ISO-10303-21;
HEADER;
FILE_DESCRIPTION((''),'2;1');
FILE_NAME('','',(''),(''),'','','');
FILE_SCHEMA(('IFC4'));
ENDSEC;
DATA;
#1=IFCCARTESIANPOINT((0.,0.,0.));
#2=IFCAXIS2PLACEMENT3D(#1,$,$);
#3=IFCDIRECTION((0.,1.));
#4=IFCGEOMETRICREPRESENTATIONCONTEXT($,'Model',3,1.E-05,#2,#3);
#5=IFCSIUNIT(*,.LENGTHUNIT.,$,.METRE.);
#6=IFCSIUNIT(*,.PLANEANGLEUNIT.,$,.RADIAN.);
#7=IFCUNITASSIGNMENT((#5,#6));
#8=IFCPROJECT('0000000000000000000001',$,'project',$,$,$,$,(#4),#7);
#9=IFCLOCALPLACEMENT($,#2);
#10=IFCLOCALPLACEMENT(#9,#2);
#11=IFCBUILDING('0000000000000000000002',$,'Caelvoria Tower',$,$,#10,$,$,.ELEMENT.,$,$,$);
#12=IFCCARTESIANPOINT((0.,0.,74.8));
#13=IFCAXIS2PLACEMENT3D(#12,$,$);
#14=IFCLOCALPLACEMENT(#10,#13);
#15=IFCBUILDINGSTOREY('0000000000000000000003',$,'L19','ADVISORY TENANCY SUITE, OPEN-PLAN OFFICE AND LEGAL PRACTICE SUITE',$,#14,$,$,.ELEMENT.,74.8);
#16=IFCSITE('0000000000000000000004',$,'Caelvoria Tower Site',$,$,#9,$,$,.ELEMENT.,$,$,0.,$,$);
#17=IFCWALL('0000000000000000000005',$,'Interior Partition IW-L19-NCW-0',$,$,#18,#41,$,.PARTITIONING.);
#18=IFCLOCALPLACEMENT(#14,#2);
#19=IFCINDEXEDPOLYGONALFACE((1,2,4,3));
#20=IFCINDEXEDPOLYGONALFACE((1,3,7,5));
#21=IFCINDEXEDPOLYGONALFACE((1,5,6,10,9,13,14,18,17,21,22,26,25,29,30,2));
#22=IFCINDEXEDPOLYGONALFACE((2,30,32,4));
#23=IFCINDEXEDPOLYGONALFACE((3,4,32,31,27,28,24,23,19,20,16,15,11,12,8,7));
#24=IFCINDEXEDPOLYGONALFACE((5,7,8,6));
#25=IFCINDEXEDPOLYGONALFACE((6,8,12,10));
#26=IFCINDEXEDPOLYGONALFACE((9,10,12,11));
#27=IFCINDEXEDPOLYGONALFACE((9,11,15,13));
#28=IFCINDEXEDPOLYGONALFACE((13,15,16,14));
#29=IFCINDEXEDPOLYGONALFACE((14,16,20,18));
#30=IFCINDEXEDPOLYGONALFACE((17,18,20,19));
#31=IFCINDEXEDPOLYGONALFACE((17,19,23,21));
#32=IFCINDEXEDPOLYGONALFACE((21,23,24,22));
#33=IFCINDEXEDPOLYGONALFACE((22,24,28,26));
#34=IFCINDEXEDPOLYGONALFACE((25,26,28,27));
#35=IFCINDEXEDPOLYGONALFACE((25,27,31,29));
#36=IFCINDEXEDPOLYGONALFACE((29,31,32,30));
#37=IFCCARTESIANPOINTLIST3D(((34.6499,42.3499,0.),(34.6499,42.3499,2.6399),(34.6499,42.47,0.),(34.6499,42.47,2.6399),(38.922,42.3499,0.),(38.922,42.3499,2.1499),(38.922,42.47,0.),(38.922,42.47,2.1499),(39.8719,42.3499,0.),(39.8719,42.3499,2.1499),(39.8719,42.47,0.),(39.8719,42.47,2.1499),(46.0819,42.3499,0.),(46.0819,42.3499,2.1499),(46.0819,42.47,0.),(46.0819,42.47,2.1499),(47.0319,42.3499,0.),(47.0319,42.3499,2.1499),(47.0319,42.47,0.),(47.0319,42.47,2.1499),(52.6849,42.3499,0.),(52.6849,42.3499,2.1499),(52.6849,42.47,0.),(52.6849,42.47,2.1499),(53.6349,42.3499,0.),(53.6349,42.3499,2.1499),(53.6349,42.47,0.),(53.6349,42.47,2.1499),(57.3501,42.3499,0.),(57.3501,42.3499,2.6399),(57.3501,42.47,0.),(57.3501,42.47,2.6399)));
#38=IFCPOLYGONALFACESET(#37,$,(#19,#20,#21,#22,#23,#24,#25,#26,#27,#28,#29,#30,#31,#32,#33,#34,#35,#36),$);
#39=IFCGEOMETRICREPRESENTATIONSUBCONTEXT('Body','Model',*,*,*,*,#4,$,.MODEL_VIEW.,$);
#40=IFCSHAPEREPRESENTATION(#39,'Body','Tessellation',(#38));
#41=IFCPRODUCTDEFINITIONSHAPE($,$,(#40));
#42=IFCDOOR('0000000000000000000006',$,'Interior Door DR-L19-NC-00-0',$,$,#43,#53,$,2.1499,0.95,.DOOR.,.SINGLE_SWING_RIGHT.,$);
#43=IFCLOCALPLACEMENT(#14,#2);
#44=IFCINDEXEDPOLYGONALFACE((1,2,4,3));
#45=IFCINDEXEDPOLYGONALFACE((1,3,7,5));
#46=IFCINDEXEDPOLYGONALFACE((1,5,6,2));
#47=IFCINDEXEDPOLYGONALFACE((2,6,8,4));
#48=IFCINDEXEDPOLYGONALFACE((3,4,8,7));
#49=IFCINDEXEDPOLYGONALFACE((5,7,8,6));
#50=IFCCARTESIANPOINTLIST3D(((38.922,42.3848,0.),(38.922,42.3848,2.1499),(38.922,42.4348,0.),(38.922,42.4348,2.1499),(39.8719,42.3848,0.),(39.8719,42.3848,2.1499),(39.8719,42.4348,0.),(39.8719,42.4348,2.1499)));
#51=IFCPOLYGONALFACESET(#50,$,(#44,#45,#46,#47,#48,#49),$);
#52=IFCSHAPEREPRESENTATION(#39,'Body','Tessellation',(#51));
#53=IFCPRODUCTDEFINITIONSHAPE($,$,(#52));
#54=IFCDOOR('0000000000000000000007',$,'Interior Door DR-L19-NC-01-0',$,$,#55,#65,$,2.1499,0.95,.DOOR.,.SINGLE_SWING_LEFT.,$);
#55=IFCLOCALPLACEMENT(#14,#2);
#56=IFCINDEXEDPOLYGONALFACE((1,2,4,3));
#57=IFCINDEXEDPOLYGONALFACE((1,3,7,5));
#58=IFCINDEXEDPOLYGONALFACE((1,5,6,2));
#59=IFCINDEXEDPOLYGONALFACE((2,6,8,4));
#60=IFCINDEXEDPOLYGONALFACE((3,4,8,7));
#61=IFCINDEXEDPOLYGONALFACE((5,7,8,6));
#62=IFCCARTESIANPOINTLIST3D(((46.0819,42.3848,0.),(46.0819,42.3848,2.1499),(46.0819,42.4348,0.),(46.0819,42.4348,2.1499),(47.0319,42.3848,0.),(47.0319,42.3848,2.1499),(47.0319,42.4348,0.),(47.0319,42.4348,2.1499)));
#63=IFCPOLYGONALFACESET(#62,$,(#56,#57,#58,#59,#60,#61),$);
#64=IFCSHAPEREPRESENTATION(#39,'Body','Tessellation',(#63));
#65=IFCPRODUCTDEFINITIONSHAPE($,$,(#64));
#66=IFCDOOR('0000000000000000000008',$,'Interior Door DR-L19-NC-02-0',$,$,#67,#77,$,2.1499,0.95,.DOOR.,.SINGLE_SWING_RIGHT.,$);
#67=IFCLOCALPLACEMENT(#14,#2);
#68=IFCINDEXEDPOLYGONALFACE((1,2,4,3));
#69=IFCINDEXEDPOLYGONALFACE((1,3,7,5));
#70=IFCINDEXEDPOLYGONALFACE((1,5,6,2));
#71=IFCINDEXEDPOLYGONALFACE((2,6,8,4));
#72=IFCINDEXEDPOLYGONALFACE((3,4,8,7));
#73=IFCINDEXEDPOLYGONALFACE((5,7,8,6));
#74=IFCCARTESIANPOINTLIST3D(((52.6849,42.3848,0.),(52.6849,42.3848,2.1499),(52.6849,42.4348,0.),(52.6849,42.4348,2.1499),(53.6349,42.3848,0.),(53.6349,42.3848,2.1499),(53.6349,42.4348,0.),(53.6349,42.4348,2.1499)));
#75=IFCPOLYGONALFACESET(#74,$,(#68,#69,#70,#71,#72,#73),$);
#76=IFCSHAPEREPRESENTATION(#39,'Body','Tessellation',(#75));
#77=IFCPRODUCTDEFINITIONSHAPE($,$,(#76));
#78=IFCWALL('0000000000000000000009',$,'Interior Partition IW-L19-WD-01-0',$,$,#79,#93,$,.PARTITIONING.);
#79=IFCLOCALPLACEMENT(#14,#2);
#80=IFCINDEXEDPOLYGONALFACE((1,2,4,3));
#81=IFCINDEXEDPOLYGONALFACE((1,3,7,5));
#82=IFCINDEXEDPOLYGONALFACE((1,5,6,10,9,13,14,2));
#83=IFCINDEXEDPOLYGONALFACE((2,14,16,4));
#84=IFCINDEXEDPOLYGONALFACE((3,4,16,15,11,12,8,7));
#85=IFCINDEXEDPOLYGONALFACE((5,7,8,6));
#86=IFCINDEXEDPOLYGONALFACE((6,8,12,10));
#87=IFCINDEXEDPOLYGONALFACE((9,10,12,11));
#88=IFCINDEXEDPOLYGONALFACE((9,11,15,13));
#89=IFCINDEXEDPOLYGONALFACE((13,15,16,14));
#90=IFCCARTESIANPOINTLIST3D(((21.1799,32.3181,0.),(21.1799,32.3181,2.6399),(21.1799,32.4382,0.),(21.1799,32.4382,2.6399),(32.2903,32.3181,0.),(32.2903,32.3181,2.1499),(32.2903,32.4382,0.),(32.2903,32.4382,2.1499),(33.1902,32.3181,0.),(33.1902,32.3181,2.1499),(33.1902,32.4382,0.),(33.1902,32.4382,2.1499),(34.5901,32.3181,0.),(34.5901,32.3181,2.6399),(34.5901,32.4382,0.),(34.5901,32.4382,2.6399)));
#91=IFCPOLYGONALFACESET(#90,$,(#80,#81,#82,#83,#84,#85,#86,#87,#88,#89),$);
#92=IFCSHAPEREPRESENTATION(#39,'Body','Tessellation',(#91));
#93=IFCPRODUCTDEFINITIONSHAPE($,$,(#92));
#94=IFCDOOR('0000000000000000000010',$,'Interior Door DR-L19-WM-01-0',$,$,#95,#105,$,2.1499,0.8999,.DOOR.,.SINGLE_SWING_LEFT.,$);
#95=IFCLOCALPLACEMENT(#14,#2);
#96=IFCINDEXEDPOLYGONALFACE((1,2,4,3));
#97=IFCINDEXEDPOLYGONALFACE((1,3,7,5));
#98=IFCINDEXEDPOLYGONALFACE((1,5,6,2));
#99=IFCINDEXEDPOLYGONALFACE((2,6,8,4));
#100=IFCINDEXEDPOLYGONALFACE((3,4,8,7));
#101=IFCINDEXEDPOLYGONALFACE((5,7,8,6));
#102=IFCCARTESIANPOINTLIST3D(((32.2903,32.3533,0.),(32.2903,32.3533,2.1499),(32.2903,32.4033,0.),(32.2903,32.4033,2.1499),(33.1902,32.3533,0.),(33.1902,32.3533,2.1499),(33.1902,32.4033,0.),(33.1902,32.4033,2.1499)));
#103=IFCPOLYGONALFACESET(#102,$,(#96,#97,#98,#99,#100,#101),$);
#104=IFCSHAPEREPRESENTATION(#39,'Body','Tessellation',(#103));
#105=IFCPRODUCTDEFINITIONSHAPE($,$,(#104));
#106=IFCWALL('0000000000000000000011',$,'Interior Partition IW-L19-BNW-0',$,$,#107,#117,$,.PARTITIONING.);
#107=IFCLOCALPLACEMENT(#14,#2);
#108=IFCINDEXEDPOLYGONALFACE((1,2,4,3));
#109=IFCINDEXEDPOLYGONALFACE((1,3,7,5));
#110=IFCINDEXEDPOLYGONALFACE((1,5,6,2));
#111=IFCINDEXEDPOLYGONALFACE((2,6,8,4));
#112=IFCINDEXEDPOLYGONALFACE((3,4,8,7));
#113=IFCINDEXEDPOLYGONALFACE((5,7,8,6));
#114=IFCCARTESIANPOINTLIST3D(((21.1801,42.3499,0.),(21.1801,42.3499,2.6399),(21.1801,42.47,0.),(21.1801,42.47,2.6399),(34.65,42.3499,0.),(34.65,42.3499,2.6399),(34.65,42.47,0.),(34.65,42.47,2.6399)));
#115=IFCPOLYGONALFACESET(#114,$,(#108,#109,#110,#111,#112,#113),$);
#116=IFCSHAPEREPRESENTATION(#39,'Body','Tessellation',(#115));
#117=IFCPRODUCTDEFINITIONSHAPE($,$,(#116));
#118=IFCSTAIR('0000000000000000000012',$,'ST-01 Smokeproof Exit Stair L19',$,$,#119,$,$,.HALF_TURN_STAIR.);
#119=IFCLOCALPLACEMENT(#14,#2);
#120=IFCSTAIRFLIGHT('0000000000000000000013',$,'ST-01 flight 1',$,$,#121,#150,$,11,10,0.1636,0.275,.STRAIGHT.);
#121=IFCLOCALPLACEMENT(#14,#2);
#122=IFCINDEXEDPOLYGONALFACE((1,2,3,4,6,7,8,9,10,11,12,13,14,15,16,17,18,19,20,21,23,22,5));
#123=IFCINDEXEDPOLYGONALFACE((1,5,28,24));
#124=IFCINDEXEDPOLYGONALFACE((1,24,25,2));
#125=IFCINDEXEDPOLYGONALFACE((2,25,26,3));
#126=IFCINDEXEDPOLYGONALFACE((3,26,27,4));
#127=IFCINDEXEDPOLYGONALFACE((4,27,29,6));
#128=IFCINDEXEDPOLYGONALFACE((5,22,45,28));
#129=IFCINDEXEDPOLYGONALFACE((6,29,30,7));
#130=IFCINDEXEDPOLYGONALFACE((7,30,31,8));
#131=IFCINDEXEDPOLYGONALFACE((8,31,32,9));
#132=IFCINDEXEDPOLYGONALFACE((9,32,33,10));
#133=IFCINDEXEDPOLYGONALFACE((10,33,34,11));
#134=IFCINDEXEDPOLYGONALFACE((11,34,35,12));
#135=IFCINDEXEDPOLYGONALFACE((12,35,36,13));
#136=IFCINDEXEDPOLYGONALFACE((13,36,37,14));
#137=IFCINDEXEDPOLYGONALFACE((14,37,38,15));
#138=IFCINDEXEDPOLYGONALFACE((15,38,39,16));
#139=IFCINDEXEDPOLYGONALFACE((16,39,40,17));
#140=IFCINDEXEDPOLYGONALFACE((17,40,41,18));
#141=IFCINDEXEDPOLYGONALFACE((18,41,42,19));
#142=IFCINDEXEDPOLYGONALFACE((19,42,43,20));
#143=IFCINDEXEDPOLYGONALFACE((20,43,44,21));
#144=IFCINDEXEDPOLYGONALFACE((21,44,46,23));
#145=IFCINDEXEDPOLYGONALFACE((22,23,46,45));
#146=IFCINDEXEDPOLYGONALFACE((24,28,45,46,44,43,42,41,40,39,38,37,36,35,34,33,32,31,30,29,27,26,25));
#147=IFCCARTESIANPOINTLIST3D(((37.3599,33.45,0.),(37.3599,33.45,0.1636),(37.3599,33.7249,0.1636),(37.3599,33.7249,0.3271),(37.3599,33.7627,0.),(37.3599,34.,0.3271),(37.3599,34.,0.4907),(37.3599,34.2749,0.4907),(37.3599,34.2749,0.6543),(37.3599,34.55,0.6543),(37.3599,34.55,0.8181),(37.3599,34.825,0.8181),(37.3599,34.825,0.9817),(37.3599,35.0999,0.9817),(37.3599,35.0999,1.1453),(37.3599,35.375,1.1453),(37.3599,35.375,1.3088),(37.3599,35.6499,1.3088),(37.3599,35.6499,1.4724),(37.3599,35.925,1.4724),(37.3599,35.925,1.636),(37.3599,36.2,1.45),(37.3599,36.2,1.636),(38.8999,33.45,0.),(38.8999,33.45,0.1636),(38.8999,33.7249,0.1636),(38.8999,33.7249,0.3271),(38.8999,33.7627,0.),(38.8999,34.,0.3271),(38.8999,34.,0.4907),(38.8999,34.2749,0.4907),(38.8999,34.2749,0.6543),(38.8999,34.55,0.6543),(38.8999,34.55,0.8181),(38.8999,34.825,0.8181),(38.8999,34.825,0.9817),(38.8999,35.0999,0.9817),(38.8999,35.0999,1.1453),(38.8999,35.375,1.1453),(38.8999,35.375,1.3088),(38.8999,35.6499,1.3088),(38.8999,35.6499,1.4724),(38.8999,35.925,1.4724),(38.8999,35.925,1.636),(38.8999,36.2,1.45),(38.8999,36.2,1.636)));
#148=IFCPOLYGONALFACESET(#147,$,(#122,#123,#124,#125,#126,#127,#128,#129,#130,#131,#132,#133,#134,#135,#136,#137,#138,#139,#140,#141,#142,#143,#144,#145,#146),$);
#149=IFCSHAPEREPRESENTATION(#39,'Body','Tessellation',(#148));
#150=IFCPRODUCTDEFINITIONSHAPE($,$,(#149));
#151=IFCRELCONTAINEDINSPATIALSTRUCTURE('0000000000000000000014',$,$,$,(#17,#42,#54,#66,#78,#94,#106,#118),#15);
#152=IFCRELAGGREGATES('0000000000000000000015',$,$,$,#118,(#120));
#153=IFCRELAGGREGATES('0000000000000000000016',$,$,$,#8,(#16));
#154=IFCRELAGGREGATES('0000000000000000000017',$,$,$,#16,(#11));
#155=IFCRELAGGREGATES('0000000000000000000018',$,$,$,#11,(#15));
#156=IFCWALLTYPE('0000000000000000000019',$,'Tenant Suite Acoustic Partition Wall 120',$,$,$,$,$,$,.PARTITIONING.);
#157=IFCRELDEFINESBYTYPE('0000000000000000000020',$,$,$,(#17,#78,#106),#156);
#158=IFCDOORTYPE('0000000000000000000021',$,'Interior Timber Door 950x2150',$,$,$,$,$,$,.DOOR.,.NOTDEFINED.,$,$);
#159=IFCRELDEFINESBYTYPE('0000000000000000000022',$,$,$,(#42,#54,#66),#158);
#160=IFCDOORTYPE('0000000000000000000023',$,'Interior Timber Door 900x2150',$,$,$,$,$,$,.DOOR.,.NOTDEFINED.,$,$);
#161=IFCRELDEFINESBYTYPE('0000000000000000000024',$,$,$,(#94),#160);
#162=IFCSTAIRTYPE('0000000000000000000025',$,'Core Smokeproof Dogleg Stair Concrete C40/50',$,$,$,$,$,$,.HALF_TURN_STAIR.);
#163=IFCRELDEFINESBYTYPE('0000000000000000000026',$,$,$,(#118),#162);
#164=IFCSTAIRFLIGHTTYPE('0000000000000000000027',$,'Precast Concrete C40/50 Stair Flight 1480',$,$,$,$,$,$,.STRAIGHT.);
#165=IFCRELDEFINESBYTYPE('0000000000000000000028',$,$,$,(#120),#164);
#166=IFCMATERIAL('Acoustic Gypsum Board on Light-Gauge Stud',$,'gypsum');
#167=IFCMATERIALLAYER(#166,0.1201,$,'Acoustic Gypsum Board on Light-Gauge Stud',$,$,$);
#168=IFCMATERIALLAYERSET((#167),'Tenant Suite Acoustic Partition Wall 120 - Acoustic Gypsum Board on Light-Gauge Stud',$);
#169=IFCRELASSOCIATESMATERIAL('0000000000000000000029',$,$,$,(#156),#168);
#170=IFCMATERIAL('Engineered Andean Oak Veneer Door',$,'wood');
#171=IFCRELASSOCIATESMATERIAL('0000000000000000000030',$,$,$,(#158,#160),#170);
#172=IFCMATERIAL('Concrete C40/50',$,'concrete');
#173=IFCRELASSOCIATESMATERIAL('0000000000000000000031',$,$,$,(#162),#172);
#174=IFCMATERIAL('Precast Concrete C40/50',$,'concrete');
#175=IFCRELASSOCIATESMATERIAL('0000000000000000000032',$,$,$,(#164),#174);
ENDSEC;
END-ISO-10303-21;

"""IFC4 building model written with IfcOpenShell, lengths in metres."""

from ifc_helpers import new_model, si_unit, direction, frame, frame_2d, origin, place, context, subcontext, project, spatial, polyline, rectangle, outline, extrude, material, layer, layer_set, type_object, element, fill, aggregate, save


model = new_model("IFC4")

# Units and contexts
model_context = context("Model", 3, precision=1e-05, world=origin(), true_north=direction((0.0, 1.0)))
body_context = subcontext(model_context, "Body", "Model", "MODEL_VIEW")
ifc_project = project(units=[si_unit("LENGTHUNIT", "METRE"), si_unit("PLANEANGLEUNIT", "RADIAN")], contexts=[model_context])

# Site, building, storey
site_placement = place(None, origin())
site = spatial("IfcSite", under=ifc_project, at=site_placement, Name="Caelvoria Tower Site", CompositionType="ELEMENT", RefElevation=0.0)
building_placement = place(site_placement, origin())
building = spatial("IfcBuilding", under=site, at=building_placement, Name="Caelvoria Tower", CompositionType="ELEMENT")
storey_placement = place(building_placement, frame((0.0, 0.0, 74.8)))
storey = spatial("IfcBuildingStorey", under=building, at=storey_placement, Name="L19", Description="ADVISORY TENANCY SUITE, OPEN-PLAN OFFICE AND LEGAL PRACTICE SUITE", CompositionType="ELEMENT", Elevation=74.8)

# Wall, openings, doors
ifc_material_1 = material(Name="Acoustic Gypsum Board on Light-Gauge Stud", Category="gypsum")
ifc_layer_1 = layer(ifc_material_1, 0.1201, Name="Acoustic Gypsum Board on Light-Gauge Stud")
ifc_layer_set_1 = layer_set([ifc_layer_1], Name="Tenant Suite Acoustic Partition Wall 120 - Acoustic Gypsum Board on Light-Gauge Stud")
wall_type_1 = type_object("IfcWallType", Name="Tenant Suite Acoustic Partition Wall 120", PredefinedType="PARTITIONING", material=ifc_layer_set_1)
wall_1_placement = place(storey_placement, frame((34.6499, 42.4099, 0.0), z_axis=(0.0, 0.0, 1.0), x_axis=(1.0, 0.0, 0.0)))
wall_1 = element("IfcWall", 1, at=wall_1_placement, inside=storey, type_object=wall_type_1, Name="Interior Partition IW-L19-NCW-0", PredefinedType="PARTITIONING", context=body_context, shape_type="SweptSolid", body=[
    extrude(rectangle(XDim=22.7002, YDim=0.1201, at=frame_2d((11.3501, 0.0))), origin(), (0.0, 0.0, 1.0), 2.6399),
])
opening_1_placement = place(wall_1_placement, frame((4.272, 0.0, 0.0)))
opening_1 = element("IfcOpeningElement", 2, at=opening_1_placement, cuts=wall_1, PredefinedType="OPENING", context=body_context, shape_type="SweptSolid", body=[
    extrude(rectangle(XDim=0.95, YDim=2.1499, at=frame_2d((0.4751, 1.075))), frame((0.0, 0.0701, 0.0), z_axis=(0.0, -1.0, 0.0), x_axis=(1.0, 0.0, 0.0)), (0.0, 0.0, 1.0), 0.1401),
])
opening_2_placement = place(wall_1_placement, frame((11.4319, 0.0, 0.0)))
opening_2 = element("IfcOpeningElement", 3, at=opening_2_placement, cuts=wall_1, PredefinedType="OPENING", context=body_context, shape_type="SweptSolid", body=[
    extrude(rectangle(XDim=0.95, YDim=2.1499, at=frame_2d((0.4751, 1.075))), frame((0.0, 0.0701, 0.0), z_axis=(0.0, -1.0, 0.0), x_axis=(1.0, 0.0, 0.0)), (0.0, 0.0, 1.0), 0.1401),
])
opening_3_placement = place(wall_1_placement, frame((18.0349, 0.0, 0.0)))
opening_3 = element("IfcOpeningElement", 4, at=opening_3_placement, cuts=wall_1, PredefinedType="OPENING", context=body_context, shape_type="SweptSolid", body=[
    extrude(rectangle(XDim=0.95, YDim=2.1499, at=frame_2d((0.4751, 1.075))), frame((0.0, 0.0701, 0.0), z_axis=(0.0, -1.0, 0.0), x_axis=(1.0, 0.0, 0.0)), (0.0, 0.0, 1.0), 0.1401),
])
ifc_material_2 = material(Name="Engineered Andean Oak Veneer Door", Category="wood")
door_type_1 = type_object("IfcDoorType", Name="Interior Timber Door 950x2150", OperationType="NOTDEFINED", PredefinedType="DOOR", material=ifc_material_2)
door_1_placement = place(opening_1_placement, origin())
door_1 = element("IfcDoor", 5, at=door_1_placement, inside=storey, type_object=door_type_1, Name="Interior Door DR-L19-NC-00-0", OperationType="SINGLE_SWING_RIGHT", OverallHeight=2.1499, OverallWidth=0.95, PredefinedType="DOOR", context=body_context, shape_type="SweptSolid", body=[
    extrude(rectangle(XDim=0.95, YDim=2.1499, at=frame_2d((0.4751, 1.075))), frame((0.0, 0.0249, 0.0), z_axis=(0.0, -1.0, 0.0), x_axis=(1.0, 0.0, 0.0)), (0.0, 0.0, 1.0), 0.05),
])
fill(opening_1, door_1)
door_2_placement = place(opening_2_placement, origin())
door_2 = element("IfcDoor", 6, at=door_2_placement, inside=storey, type_object=door_type_1, Name="Interior Door DR-L19-NC-01-0", OperationType="SINGLE_SWING_LEFT", OverallHeight=2.1499, OverallWidth=0.95, PredefinedType="DOOR", context=body_context, shape_type="SweptSolid", body=[
    extrude(rectangle(XDim=0.95, YDim=2.1499, at=frame_2d((0.4751, 1.075))), frame((0.0, 0.0249, 0.0), z_axis=(0.0, -1.0, 0.0), x_axis=(1.0, 0.0, 0.0)), (0.0, 0.0, 1.0), 0.05),
])
fill(opening_2, door_2)
door_3_placement = place(opening_3_placement, origin())
door_3 = element("IfcDoor", 7, at=door_3_placement, inside=storey, type_object=door_type_1, Name="Interior Door DR-L19-NC-02-0", OperationType="SINGLE_SWING_RIGHT", OverallHeight=2.1499, OverallWidth=0.95, PredefinedType="DOOR", context=body_context, shape_type="SweptSolid", body=[
    extrude(rectangle(XDim=0.95, YDim=2.1499, at=frame_2d((0.4751, 1.075))), frame((0.0, 0.0249, 0.0), z_axis=(0.0, -1.0, 0.0), x_axis=(1.0, 0.0, 0.0)), (0.0, 0.0, 1.0), 0.05),
])
fill(opening_3, door_3)

# Wall, opening, door
wall_2_placement = place(storey_placement, frame((34.5901, 32.3782, 0.0), z_axis=(0.0, 0.0, 1.0), x_axis=(-1.0, 0.0, 0.0)))
wall_2 = element("IfcWall", 8, at=wall_2_placement, inside=storey, type_object=wall_type_1, Name="Interior Partition IW-L19-WD-01-0", PredefinedType="PARTITIONING", context=body_context, shape_type="SweptSolid", body=[
    extrude(rectangle(XDim=13.4102, YDim=0.1201, at=frame_2d((6.7051, 0.0))), origin(), (0.0, 0.0, 1.0), 2.6399),
])
opening_4_placement = place(wall_2_placement, frame((1.3999, 0.0, 0.0)))
opening_4 = element("IfcOpeningElement", 9, at=opening_4_placement, cuts=wall_2, PredefinedType="OPENING", context=body_context, shape_type="SweptSolid", body=[
    extrude(rectangle(XDim=0.8999, YDim=2.1499, at=frame_2d((0.45, 1.075))), frame((0.0, 0.0701, 0.0), z_axis=(0.0, -1.0, 0.0), x_axis=(1.0, 0.0, 0.0)), (0.0, 0.0, 1.0), 0.1401),
])
door_type_2 = type_object("IfcDoorType", Name="Interior Timber Door 900x2150", OperationType="NOTDEFINED", PredefinedType="DOOR", material=ifc_material_2)
door_4_placement = place(opening_4_placement, origin())
door_4 = element("IfcDoor", 10, at=door_4_placement, inside=storey, type_object=door_type_2, Name="Interior Door DR-L19-WM-01-0", OperationType="SINGLE_SWING_LEFT", OverallHeight=2.1499, OverallWidth=0.8999, PredefinedType="DOOR", context=body_context, shape_type="SweptSolid", body=[
    extrude(rectangle(XDim=0.8999, YDim=2.1499, at=frame_2d((0.45, 1.075))), frame((0.0, 0.0249, 0.0), z_axis=(0.0, -1.0, 0.0), x_axis=(1.0, 0.0, 0.0)), (0.0, 0.0, 1.0), 0.05),
])
fill(opening_4, door_4)

# Wall
wall_3_placement = place(storey_placement, frame((34.6499, 42.4099, 0.0), z_axis=(0.0, 0.0, 1.0), x_axis=(-1.0, 0.0, 0.0)))
element("IfcWall", 11, at=wall_3_placement, inside=storey, type_object=wall_type_1, Name="Interior Partition IW-L19-BNW-0", PredefinedType="PARTITIONING", context=body_context, shape_type="SweptSolid", body=[
    extrude(rectangle(XDim=13.47, YDim=0.1201, at=frame_2d((6.7349, 0.0))), origin(), (0.0, 0.0, 1.0), 2.6399),
])

# Stair, stair flight
ifc_material_3 = material(Name="Concrete C40/50", Category="concrete")
stair_type = type_object("IfcStairType", Name="Core Smokeproof Dogleg Stair Concrete C40/50", PredefinedType="HALF_TURN_STAIR", material=ifc_material_3)
stair_placement = place(storey_placement, origin())
stair = element("IfcStair", 12, at=stair_placement, inside=storey, type_object=stair_type, Name="ST-01 Smokeproof Exit Stair L19", PredefinedType="HALF_TURN_STAIR")
ifc_material_4 = material(Name="Precast Concrete C40/50", Category="concrete")
stair_flight_type = type_object("IfcStairFlightType", Name="Precast Concrete C40/50 Stair Flight 1480", PredefinedType="STRAIGHT", material=ifc_material_4)
stair_flight_1_placement = place(storey_placement, frame((38.1299, 33.45, 0.0), z_axis=(0.0, 0.0, 1.0), x_axis=(0.0, 1.0, 0.0)))
stair_flight_1 = element("IfcStairFlight", 13, at=stair_flight_1_placement, type_object=stair_flight_type, Name="ST-01 flight 1", NumberOfRisers=11, NumberOfTreads=10, PredefinedType="STRAIGHT", RiserHeight=0.1636, TreadLength=0.275, context=body_context, shape_type="SweptSolid", body=[
    extrude(outline(polyline([(0.0, 0.0), (0.0, 0.1636), (0.2749, 0.1636), (0.2749, 0.3271), (0.55, 0.3271), (0.55, 0.4907), (0.825, 0.4907), (0.825, 0.6543), (1.1001, 0.6543), (1.1001, 0.8181), (1.375, 0.8181), (1.375, 0.9817), (1.6499, 0.9817), (1.6499, 1.1453), (1.925, 1.1453), (1.925, 1.3088), (2.2, 1.3088), (2.2, 1.4724), (2.4751, 1.4724), (2.4751, 1.636), (2.75, 1.636), (2.75, 1.7996), (2.75, 1.45), (0.3127, 0.0), (0.0, 0.0)])), frame((0.0, 0.77, 0.0), z_axis=(0.0, -1.0, 0.0), x_axis=(1.0, 0.0, 0.0)), (0.0, 0.0, 1.0), 1.54),
])
aggregate(stair, [stair_flight_1])

save(model, "model.ifc")
